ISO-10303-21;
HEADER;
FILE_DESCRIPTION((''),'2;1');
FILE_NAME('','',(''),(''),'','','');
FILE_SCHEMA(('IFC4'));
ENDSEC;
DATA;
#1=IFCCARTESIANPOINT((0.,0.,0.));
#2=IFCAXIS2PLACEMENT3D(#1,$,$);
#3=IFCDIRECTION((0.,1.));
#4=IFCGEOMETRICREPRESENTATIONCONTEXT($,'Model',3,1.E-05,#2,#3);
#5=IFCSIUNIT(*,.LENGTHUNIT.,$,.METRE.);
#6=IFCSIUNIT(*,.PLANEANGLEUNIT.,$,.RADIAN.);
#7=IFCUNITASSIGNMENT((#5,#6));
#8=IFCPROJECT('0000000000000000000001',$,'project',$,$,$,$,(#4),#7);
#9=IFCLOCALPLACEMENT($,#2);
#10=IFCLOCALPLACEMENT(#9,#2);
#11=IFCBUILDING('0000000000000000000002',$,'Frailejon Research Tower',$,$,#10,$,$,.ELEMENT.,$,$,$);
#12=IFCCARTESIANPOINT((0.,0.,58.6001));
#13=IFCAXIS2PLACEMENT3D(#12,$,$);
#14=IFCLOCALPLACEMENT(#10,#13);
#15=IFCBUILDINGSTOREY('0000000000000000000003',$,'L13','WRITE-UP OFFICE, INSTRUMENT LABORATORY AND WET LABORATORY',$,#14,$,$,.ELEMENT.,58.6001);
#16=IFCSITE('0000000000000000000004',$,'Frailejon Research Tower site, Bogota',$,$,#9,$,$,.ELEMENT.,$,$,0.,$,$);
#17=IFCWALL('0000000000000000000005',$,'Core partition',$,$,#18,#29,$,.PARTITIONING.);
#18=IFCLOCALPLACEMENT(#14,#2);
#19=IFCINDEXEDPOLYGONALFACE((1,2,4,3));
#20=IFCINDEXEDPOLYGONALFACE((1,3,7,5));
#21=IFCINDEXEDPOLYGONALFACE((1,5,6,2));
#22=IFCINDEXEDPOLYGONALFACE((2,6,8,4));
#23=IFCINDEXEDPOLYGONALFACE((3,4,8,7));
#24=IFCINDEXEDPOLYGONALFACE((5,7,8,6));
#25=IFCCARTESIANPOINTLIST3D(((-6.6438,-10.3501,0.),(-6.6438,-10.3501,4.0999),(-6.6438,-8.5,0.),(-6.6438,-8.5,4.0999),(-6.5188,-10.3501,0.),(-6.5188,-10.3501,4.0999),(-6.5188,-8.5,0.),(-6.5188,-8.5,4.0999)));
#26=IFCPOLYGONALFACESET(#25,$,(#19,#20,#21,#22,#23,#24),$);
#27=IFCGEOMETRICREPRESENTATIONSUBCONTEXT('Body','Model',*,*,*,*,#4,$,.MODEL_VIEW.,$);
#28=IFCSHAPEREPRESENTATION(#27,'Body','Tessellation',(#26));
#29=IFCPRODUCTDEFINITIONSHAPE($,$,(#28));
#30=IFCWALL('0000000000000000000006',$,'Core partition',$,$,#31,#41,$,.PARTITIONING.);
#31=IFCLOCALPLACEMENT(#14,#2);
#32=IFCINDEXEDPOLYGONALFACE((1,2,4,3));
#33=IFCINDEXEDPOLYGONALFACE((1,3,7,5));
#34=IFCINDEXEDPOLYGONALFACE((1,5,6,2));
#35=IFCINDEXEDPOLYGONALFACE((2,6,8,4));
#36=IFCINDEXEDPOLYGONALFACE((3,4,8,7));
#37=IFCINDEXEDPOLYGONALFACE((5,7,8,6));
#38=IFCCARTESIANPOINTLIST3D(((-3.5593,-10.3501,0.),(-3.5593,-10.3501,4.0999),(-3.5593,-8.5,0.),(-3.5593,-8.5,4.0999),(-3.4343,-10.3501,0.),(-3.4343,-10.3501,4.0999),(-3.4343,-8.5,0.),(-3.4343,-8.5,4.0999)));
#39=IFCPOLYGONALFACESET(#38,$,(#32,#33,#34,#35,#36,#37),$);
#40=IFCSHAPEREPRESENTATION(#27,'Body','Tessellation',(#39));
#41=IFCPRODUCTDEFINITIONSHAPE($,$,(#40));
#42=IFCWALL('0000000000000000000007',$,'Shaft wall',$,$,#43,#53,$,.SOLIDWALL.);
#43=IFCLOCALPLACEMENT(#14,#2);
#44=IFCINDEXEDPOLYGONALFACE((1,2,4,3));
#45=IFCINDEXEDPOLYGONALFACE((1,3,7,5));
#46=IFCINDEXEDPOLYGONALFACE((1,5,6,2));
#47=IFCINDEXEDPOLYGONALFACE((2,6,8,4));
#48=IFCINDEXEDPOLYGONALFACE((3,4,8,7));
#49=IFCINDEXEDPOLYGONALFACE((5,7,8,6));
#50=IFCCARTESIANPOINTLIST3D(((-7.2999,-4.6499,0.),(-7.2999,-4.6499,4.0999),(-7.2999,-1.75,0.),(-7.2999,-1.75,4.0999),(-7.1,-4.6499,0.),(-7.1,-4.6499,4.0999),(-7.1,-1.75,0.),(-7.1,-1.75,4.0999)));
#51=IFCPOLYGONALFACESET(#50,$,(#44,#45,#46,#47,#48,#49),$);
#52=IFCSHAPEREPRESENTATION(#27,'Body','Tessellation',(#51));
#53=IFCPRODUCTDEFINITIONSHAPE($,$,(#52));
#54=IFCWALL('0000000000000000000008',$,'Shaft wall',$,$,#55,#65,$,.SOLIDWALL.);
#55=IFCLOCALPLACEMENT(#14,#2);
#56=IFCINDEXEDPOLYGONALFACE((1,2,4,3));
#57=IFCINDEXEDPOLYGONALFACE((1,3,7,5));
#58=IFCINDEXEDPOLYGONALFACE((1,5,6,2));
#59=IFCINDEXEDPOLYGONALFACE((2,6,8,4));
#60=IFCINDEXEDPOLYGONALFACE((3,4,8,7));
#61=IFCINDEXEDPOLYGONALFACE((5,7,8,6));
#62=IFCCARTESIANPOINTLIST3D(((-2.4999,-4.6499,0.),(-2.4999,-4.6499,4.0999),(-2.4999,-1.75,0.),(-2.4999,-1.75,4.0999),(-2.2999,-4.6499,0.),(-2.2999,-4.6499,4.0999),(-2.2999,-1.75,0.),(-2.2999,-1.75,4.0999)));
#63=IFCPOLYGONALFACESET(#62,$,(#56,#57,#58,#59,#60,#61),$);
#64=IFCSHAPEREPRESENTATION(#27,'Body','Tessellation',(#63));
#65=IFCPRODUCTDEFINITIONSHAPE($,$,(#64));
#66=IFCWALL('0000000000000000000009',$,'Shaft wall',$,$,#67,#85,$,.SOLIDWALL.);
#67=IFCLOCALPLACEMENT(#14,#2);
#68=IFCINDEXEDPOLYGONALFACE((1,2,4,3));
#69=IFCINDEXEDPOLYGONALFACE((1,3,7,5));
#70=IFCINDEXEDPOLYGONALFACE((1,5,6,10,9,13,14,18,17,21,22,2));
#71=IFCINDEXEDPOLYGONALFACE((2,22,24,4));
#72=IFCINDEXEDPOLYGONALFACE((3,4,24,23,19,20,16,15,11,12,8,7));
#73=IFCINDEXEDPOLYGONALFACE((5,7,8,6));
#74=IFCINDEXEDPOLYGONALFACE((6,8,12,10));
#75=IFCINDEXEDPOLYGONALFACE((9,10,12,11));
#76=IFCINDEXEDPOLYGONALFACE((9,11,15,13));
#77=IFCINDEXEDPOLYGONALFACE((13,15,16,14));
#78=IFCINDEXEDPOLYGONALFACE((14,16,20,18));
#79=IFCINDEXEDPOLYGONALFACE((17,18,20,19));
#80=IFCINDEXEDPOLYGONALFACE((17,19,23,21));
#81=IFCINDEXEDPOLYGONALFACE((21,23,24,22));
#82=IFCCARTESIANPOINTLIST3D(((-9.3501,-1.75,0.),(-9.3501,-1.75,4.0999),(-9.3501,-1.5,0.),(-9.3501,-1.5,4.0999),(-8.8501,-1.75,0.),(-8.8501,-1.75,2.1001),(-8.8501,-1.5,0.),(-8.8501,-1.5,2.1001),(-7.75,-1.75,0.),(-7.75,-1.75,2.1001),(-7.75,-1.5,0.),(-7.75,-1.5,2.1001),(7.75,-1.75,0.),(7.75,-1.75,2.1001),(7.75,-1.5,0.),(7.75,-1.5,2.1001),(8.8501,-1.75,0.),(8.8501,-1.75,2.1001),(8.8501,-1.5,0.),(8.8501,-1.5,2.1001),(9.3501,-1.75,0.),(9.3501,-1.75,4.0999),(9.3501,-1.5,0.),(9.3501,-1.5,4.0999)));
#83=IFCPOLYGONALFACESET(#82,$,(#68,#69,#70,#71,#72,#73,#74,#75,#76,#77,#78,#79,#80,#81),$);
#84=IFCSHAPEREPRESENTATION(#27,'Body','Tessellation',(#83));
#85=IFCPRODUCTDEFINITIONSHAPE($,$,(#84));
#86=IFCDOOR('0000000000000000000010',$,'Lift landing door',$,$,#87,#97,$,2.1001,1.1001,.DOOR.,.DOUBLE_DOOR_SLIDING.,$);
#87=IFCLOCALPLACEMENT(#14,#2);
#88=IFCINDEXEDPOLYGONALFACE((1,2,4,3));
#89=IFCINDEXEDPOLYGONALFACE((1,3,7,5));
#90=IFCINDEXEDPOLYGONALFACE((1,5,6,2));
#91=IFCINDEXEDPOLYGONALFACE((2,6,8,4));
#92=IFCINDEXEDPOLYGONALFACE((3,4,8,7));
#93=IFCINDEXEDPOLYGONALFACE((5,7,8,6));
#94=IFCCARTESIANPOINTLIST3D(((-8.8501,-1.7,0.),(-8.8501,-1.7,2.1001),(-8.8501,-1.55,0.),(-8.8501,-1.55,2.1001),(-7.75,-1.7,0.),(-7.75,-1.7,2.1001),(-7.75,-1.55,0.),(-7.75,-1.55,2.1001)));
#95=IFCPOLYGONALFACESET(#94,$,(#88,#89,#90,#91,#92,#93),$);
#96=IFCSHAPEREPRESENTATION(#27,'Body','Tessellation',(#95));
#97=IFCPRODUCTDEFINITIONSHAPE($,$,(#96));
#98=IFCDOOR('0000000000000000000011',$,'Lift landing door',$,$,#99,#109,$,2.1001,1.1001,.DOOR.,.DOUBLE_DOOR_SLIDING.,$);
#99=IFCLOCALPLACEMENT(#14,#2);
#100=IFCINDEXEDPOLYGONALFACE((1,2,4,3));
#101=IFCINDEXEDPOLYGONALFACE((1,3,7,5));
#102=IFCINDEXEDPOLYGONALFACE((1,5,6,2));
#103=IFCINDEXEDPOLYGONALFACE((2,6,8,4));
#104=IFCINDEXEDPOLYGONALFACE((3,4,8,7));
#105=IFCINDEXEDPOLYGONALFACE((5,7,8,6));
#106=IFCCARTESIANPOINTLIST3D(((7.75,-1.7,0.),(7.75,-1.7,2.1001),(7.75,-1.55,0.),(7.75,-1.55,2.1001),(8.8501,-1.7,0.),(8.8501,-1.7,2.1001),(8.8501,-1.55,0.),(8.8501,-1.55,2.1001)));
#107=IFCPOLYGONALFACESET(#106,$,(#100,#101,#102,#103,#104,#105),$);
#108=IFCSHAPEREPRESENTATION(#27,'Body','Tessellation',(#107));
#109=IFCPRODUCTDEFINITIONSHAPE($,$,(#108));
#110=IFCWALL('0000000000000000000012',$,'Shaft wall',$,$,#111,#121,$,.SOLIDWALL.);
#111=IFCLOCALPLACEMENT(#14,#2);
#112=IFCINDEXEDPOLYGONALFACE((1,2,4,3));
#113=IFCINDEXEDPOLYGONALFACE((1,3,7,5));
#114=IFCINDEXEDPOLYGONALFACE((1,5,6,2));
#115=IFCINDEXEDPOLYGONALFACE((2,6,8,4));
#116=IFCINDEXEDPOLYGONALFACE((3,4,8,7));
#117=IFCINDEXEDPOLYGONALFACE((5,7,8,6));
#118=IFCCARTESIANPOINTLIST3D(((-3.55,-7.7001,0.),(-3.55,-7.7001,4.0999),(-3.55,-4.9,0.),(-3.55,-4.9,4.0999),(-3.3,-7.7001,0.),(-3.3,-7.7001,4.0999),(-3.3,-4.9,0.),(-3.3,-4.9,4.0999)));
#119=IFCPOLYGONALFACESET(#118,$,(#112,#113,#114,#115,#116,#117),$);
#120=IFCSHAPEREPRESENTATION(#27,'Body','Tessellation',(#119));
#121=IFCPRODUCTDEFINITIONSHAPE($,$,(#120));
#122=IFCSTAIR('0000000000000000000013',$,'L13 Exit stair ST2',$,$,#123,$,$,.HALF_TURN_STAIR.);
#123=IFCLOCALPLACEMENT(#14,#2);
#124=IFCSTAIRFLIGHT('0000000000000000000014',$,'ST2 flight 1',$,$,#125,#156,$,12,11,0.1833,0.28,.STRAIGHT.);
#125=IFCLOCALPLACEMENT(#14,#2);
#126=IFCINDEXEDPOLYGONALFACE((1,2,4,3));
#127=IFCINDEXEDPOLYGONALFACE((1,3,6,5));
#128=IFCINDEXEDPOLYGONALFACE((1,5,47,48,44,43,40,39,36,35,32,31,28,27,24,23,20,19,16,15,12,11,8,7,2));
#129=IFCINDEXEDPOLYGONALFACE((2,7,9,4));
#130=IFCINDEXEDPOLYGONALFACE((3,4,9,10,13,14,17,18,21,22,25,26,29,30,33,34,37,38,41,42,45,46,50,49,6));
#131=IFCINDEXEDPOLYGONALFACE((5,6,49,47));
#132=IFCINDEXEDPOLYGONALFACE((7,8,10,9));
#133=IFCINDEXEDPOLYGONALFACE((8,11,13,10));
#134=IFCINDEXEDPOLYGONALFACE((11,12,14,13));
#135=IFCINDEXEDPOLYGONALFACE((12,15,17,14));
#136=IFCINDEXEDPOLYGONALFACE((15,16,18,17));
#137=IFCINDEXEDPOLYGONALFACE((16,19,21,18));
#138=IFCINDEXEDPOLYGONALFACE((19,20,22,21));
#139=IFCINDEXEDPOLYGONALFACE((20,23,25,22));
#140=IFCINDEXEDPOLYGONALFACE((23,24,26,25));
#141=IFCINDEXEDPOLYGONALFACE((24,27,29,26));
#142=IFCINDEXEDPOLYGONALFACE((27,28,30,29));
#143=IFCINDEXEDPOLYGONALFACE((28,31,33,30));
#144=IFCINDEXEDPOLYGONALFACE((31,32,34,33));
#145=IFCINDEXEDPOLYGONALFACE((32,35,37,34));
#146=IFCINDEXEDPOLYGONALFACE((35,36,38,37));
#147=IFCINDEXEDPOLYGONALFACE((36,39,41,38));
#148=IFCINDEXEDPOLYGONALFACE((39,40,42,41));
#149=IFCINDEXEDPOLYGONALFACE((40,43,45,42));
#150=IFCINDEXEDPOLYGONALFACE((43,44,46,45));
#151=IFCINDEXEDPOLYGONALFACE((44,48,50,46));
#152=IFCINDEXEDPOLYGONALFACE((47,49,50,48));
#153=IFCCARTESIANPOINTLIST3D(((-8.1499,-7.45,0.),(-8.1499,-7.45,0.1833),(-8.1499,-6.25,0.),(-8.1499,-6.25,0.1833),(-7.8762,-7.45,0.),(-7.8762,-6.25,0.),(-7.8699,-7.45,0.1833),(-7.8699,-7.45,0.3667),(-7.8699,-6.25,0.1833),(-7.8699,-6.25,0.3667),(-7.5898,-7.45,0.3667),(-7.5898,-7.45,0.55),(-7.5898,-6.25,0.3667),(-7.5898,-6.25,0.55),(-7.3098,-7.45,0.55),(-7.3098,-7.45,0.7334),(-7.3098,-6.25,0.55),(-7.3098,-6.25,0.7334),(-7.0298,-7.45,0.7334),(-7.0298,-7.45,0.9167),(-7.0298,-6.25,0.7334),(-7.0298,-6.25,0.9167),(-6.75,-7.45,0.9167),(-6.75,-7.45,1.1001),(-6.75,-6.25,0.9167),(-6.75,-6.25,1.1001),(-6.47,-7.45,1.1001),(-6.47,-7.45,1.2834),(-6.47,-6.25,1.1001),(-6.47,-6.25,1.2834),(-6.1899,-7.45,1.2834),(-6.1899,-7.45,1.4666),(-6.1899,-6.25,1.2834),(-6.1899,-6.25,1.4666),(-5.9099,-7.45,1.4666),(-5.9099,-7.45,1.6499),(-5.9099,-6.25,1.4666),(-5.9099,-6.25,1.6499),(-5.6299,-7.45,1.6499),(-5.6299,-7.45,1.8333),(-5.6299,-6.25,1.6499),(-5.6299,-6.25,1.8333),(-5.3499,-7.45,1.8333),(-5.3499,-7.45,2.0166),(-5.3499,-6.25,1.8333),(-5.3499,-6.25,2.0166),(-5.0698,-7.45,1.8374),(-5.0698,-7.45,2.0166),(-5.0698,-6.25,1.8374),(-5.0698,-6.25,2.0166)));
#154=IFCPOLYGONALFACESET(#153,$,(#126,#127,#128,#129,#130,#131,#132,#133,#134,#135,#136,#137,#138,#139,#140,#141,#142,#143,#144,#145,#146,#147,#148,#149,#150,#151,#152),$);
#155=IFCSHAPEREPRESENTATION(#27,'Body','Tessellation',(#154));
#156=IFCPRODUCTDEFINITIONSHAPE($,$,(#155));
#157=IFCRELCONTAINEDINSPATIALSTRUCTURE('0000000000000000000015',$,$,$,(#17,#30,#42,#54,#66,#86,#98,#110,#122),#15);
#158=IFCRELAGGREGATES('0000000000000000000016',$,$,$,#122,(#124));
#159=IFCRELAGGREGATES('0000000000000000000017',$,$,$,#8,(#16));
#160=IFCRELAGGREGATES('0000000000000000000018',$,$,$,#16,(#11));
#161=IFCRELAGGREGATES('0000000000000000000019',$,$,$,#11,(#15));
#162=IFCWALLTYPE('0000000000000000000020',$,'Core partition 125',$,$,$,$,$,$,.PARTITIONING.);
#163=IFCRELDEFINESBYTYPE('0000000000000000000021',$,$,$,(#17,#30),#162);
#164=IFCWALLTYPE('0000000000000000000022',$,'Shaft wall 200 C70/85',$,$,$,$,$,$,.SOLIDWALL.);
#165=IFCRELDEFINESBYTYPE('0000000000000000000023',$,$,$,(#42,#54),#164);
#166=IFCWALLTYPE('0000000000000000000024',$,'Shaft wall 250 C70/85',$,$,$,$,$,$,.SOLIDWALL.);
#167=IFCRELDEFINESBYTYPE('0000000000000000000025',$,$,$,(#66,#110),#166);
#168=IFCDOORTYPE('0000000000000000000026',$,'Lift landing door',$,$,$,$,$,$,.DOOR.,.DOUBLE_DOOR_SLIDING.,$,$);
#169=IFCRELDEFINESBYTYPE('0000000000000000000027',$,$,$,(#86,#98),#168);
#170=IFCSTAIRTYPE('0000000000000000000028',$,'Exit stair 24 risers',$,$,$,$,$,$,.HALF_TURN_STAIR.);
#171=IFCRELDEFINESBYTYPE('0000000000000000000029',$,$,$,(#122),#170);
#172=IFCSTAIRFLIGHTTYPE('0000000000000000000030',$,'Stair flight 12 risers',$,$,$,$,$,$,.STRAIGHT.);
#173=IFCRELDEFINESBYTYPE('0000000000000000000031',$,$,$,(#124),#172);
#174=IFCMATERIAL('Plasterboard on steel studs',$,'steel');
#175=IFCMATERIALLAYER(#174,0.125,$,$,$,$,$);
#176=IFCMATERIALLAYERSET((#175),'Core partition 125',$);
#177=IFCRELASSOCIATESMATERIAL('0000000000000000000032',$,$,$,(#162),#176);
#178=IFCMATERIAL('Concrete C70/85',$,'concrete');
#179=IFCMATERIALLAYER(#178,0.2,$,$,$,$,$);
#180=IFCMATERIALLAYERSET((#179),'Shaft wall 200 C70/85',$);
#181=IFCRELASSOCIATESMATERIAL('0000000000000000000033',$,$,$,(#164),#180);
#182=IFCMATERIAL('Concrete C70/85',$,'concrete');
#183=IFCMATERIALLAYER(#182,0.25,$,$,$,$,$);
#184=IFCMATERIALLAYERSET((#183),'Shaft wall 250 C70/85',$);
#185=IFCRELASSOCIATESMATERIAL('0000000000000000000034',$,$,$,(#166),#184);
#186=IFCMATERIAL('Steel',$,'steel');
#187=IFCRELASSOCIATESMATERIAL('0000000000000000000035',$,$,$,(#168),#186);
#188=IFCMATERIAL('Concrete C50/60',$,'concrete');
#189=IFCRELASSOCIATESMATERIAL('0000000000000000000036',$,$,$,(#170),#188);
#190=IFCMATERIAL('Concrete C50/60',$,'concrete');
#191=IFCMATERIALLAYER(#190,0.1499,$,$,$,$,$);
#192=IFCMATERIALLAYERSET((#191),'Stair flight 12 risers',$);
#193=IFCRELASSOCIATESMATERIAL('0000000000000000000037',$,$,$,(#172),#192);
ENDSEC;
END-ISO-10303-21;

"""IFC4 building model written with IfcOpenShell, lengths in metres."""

from ifc_helpers import new_model, si_unit, direction, frame, frame_2d, origin, place, context, subcontext, project, spatial, polyline, rectangle, outline, extrude, material, layer, layer_set, type_object, element, fill, aggregate, save


model = new_model("IFC4")

# Units and contexts
model_context = context("Model", 3, precision=1e-05, world=origin(), true_north=direction((0.0, 1.0)))
body_context = subcontext(model_context, "Body", "Model", "MODEL_VIEW")
ifc_project = project(units=[si_unit("LENGTHUNIT", "METRE"), si_unit("PLANEANGLEUNIT", "RADIAN")], contexts=[model_context])

# Site, building, storey
site_placement = place(None, origin())
site = spatial("IfcSite", under=ifc_project, at=site_placement, Name="Frailejon Research Tower site, Bogota", CompositionType="ELEMENT", RefElevation=0.0)
building_placement = place(site_placement, origin())
building = spatial("IfcBuilding", under=site, at=building_placement, Name="Frailejon Research Tower", CompositionType="ELEMENT")
storey_placement = place(building_placement, frame((0.0, 0.0, 58.6001)))
storey = spatial("IfcBuildingStorey", under=building, at=storey_placement, Name="L13", Description="WRITE-UP OFFICE, INSTRUMENT LABORATORY AND WET LABORATORY", CompositionType="ELEMENT", Elevation=58.6001)

# Walls
ifc_material_1 = material(Name="Plasterboard on steel studs", Category="steel")
ifc_layer_1 = layer(ifc_material_1, 0.125)
ifc_layer_set_1 = layer_set([ifc_layer_1], Name="Core partition 125")
wall_type_1 = type_object("IfcWallType", Name="Core partition 125", PredefinedType="PARTITIONING", material=ifc_layer_set_1)
for number, where, z_axis, x_axis, name in (
    (1, (-6.5813, -10.3501, 0.0), (0.0, 0.0, 1.0), (0.0, 1.0, 0.0), "Core partition"),
    (2, (-3.4968, -10.3501, 0.0), (0.0, 0.0, 1.0), (0.0, 1.0, 0.0), "Core partition"),
):
    element("IfcWall", number, at=place(storey_placement, frame(where, z_axis=z_axis, x_axis=x_axis)), inside=storey, type_object=wall_type_1, Name=name, PredefinedType="PARTITIONING", context=body_context, shape_type="SweptSolid", body=[
        extrude(rectangle(XDim=1.8501, YDim=0.125, at=frame_2d((0.925, 0.0))), origin(), (0.0, 0.0, 1.0), 4.0999),
    ])
ifc_material_2 = material(Name="Concrete C70/85", Category="concrete")
ifc_layer_2 = layer(ifc_material_2, 0.2)
ifc_layer_set_2 = layer_set([ifc_layer_2], Name="Shaft wall 200 C70/85")
wall_type_2 = type_object("IfcWallType", Name="Shaft wall 200 C70/85", PredefinedType="SOLIDWALL", material=ifc_layer_set_2)
for number, where, z_axis, x_axis, name in (
    (3, (-7.2, -4.6499, 0.0), (0.0, 0.0, 1.0), (0.0, 1.0, 0.0), "Shaft wall"),
    (4, (-2.3999, -4.6499, 0.0), (0.0, 0.0, 1.0), (0.0, 1.0, 0.0), "Shaft wall"),
):
    element("IfcWall", number, at=place(storey_placement, frame(where, z_axis=z_axis, x_axis=x_axis)), inside=storey, type_object=wall_type_2, Name=name, PredefinedType="SOLIDWALL", context=body_context, shape_type="SweptSolid", body=[
        extrude(rectangle(XDim=2.8999, YDim=0.2, at=frame_2d((1.45, 0.0))), origin(), (0.0, 0.0, 1.0), 4.0999),
    ])

# Wall, openings, doors
ifc_material_3 = material(Name="Concrete C70/85", Category="concrete")
ifc_layer_3 = layer(ifc_material_3, 0.25)
ifc_layer_set_3 = layer_set([ifc_layer_3], Name="Shaft wall 250 C70/85")
wall_type_3 = type_object("IfcWallType", Name="Shaft wall 250 C70/85", PredefinedType="SOLIDWALL", material=ifc_layer_set_3)
wall_1_placement = place(storey_placement, frame((-9.3501, -1.625, 0.0), z_axis=(0.0, 0.0, 1.0), x_axis=(1.0, 0.0, 0.0)))
wall_1 = element("IfcWall", 5, at=wall_1_placement, inside=storey, type_object=wall_type_3, Name="Shaft wall", PredefinedType="SOLIDWALL", context=body_context, shape_type="SweptSolid", body=[
    extrude(rectangle(XDim=18.7002, YDim=0.25, at=frame_2d((9.3501, 0.0))), origin(), (0.0, 0.0, 1.0), 4.0999),
])
opening_1_placement = place(wall_1_placement, frame((0.5, 0.0, 0.0)))
opening_1 = element("IfcOpeningElement", 6, at=opening_1_placement, cuts=wall_1, PredefinedType="OPENING", context=body_context, shape_type="SweptSolid", body=[
    extrude(rectangle(XDim=1.1001, YDim=2.1001, at=frame_2d((0.55, 1.05))), frame((0.0, 0.135, 0.0), z_axis=(0.0, -1.0, 0.0), x_axis=(1.0, 0.0, 0.0)), (0.0, 0.0, 1.0), 0.27),
])
opening_2_placement = place(wall_1_placement, frame((17.1001, 0.0, 0.0)))
opening_2 = element("IfcOpeningElement", 7, at=opening_2_placement, cuts=wall_1, PredefinedType="OPENING", context=body_context, shape_type="SweptSolid", body=[
    extrude(rectangle(XDim=1.1001, YDim=2.1001, at=frame_2d((0.55, 1.05))), frame((0.0, 0.135, 0.0), z_axis=(0.0, -1.0, 0.0), x_axis=(1.0, 0.0, 0.0)), (0.0, 0.0, 1.0), 0.27),
])
ifc_material_4 = material(Name="Steel", Category="steel")
door_type = type_object("IfcDoorType", Name="Lift landing door", OperationType="DOUBLE_DOOR_SLIDING", PredefinedType="DOOR", material=ifc_material_4)
door_1_placement = place(opening_1_placement, origin())
door_1 = element("IfcDoor", 8, at=door_1_placement, inside=storey, type_object=door_type, Name="Lift landing door", OperationType="DOUBLE_DOOR_SLIDING", OverallHeight=2.1001, OverallWidth=1.1001, PredefinedType="DOOR", context=body_context, shape_type="SweptSolid", body=[
    extrude(rectangle(XDim=1.1001, YDim=2.1001, at=frame_2d((0.55, 1.05))), frame((0.0, 0.075, 0.0), z_axis=(0.0, -1.0, 0.0), x_axis=(1.0, 0.0, 0.0)), (0.0, 0.0, 1.0), 0.1499),
])
fill(opening_1, door_1)
door_2_placement = place(opening_2_placement, origin())
door_2 = element("IfcDoor", 9, at=door_2_placement, inside=storey, type_object=door_type, Name="Lift landing door", OperationType="DOUBLE_DOOR_SLIDING", OverallHeight=2.1001, OverallWidth=1.1001, PredefinedType="DOOR", context=body_context, shape_type="SweptSolid", body=[
    extrude(rectangle(XDim=1.1001, YDim=2.1001, at=frame_2d((0.55, 1.05))), frame((0.0, 0.075, 0.0), z_axis=(0.0, -1.0, 0.0), x_axis=(1.0, 0.0, 0.0)), (0.0, 0.0, 1.0), 0.1499),
])
fill(opening_2, door_2)

# Wall
wall_2_placement = place(storey_placement, frame((-3.425, -7.7, 0.0), z_axis=(0.0, 0.0, 1.0), x_axis=(0.0, 1.0, 0.0)))
element("IfcWall", 10, at=wall_2_placement, inside=storey, type_object=wall_type_3, Name="Shaft wall", PredefinedType="SOLIDWALL", context=body_context, shape_type="SweptSolid", body=[
    extrude(rectangle(XDim=2.8, YDim=0.25, at=frame_2d((1.3999, 0.0))), origin(), (0.0, 0.0, 1.0), 4.0999),
])

# Stair, stair flight
ifc_material_5 = material(Name="Concrete C50/60", Category="concrete")
stair_type = type_object("IfcStairType", Name="Exit stair 24 risers", PredefinedType="HALF_TURN_STAIR", material=ifc_material_5)
stair_placement = place(storey_placement, origin())
stair = element("IfcStair", 11, at=stair_placement, inside=storey, type_object=stair_type, Name="L13 Exit stair ST2", PredefinedType="HALF_TURN_STAIR")
ifc_material_6 = material(Name="Concrete C50/60", Category="concrete")
ifc_layer_4 = layer(ifc_material_6, 0.1499)
ifc_layer_set_4 = layer_set([ifc_layer_4], Name="Stair flight 12 risers")
stair_flight_type = type_object("IfcStairFlightType", Name="Stair flight 12 risers", PredefinedType="STRAIGHT", material=ifc_layer_set_4)
stair_flight_1_placement = place(storey_placement, frame((-8.1499, -6.8501, 0.0), z_axis=(0.0, 0.0, 1.0), x_axis=(1.0, 0.0, 0.0)))
stair_flight_1 = element("IfcStairFlight", 12, at=stair_flight_1_placement, type_object=stair_flight_type, Name="ST2 flight 1", NumberOfRisers=12, NumberOfTreads=11, PredefinedType="STRAIGHT", RiserHeight=0.1833, TreadLength=0.28, context=body_context, shape_type="SweptSolid", body=[
    extrude(outline(polyline([(0.0, 0.0), (0.0, 0.1833), (0.28, 0.1833), (0.28, 0.3667), (0.5601, 0.3667), (0.5601, 0.55), (0.8401, 0.55), (0.8401, 0.7334), (1.1201, 0.7334), (1.1201, 0.9167), (1.3999, 0.9167), (1.3999, 1.1001), (1.6799, 1.1001), (1.6799, 1.2834), (1.96, 1.2834), (1.96, 1.4666), (2.24, 1.4666), (2.24, 1.6499), (2.52, 1.6499), (2.52, 1.8333), (2.8, 1.8333), (2.8, 2.0166), (3.0801, 2.0166), (3.0801, 2.2), (3.0801, 1.8374), (0.2737, 0.0), (0.0, 0.0)])), frame((0.0, 0.6001, 0.0), z_axis=(0.0, -1.0, 0.0), x_axis=(1.0, 0.0, 0.0)), (0.0, 0.0, 1.0), 1.2),
])
aggregate(stair, [stair_flight_1])

save(model, "model.ifc")
